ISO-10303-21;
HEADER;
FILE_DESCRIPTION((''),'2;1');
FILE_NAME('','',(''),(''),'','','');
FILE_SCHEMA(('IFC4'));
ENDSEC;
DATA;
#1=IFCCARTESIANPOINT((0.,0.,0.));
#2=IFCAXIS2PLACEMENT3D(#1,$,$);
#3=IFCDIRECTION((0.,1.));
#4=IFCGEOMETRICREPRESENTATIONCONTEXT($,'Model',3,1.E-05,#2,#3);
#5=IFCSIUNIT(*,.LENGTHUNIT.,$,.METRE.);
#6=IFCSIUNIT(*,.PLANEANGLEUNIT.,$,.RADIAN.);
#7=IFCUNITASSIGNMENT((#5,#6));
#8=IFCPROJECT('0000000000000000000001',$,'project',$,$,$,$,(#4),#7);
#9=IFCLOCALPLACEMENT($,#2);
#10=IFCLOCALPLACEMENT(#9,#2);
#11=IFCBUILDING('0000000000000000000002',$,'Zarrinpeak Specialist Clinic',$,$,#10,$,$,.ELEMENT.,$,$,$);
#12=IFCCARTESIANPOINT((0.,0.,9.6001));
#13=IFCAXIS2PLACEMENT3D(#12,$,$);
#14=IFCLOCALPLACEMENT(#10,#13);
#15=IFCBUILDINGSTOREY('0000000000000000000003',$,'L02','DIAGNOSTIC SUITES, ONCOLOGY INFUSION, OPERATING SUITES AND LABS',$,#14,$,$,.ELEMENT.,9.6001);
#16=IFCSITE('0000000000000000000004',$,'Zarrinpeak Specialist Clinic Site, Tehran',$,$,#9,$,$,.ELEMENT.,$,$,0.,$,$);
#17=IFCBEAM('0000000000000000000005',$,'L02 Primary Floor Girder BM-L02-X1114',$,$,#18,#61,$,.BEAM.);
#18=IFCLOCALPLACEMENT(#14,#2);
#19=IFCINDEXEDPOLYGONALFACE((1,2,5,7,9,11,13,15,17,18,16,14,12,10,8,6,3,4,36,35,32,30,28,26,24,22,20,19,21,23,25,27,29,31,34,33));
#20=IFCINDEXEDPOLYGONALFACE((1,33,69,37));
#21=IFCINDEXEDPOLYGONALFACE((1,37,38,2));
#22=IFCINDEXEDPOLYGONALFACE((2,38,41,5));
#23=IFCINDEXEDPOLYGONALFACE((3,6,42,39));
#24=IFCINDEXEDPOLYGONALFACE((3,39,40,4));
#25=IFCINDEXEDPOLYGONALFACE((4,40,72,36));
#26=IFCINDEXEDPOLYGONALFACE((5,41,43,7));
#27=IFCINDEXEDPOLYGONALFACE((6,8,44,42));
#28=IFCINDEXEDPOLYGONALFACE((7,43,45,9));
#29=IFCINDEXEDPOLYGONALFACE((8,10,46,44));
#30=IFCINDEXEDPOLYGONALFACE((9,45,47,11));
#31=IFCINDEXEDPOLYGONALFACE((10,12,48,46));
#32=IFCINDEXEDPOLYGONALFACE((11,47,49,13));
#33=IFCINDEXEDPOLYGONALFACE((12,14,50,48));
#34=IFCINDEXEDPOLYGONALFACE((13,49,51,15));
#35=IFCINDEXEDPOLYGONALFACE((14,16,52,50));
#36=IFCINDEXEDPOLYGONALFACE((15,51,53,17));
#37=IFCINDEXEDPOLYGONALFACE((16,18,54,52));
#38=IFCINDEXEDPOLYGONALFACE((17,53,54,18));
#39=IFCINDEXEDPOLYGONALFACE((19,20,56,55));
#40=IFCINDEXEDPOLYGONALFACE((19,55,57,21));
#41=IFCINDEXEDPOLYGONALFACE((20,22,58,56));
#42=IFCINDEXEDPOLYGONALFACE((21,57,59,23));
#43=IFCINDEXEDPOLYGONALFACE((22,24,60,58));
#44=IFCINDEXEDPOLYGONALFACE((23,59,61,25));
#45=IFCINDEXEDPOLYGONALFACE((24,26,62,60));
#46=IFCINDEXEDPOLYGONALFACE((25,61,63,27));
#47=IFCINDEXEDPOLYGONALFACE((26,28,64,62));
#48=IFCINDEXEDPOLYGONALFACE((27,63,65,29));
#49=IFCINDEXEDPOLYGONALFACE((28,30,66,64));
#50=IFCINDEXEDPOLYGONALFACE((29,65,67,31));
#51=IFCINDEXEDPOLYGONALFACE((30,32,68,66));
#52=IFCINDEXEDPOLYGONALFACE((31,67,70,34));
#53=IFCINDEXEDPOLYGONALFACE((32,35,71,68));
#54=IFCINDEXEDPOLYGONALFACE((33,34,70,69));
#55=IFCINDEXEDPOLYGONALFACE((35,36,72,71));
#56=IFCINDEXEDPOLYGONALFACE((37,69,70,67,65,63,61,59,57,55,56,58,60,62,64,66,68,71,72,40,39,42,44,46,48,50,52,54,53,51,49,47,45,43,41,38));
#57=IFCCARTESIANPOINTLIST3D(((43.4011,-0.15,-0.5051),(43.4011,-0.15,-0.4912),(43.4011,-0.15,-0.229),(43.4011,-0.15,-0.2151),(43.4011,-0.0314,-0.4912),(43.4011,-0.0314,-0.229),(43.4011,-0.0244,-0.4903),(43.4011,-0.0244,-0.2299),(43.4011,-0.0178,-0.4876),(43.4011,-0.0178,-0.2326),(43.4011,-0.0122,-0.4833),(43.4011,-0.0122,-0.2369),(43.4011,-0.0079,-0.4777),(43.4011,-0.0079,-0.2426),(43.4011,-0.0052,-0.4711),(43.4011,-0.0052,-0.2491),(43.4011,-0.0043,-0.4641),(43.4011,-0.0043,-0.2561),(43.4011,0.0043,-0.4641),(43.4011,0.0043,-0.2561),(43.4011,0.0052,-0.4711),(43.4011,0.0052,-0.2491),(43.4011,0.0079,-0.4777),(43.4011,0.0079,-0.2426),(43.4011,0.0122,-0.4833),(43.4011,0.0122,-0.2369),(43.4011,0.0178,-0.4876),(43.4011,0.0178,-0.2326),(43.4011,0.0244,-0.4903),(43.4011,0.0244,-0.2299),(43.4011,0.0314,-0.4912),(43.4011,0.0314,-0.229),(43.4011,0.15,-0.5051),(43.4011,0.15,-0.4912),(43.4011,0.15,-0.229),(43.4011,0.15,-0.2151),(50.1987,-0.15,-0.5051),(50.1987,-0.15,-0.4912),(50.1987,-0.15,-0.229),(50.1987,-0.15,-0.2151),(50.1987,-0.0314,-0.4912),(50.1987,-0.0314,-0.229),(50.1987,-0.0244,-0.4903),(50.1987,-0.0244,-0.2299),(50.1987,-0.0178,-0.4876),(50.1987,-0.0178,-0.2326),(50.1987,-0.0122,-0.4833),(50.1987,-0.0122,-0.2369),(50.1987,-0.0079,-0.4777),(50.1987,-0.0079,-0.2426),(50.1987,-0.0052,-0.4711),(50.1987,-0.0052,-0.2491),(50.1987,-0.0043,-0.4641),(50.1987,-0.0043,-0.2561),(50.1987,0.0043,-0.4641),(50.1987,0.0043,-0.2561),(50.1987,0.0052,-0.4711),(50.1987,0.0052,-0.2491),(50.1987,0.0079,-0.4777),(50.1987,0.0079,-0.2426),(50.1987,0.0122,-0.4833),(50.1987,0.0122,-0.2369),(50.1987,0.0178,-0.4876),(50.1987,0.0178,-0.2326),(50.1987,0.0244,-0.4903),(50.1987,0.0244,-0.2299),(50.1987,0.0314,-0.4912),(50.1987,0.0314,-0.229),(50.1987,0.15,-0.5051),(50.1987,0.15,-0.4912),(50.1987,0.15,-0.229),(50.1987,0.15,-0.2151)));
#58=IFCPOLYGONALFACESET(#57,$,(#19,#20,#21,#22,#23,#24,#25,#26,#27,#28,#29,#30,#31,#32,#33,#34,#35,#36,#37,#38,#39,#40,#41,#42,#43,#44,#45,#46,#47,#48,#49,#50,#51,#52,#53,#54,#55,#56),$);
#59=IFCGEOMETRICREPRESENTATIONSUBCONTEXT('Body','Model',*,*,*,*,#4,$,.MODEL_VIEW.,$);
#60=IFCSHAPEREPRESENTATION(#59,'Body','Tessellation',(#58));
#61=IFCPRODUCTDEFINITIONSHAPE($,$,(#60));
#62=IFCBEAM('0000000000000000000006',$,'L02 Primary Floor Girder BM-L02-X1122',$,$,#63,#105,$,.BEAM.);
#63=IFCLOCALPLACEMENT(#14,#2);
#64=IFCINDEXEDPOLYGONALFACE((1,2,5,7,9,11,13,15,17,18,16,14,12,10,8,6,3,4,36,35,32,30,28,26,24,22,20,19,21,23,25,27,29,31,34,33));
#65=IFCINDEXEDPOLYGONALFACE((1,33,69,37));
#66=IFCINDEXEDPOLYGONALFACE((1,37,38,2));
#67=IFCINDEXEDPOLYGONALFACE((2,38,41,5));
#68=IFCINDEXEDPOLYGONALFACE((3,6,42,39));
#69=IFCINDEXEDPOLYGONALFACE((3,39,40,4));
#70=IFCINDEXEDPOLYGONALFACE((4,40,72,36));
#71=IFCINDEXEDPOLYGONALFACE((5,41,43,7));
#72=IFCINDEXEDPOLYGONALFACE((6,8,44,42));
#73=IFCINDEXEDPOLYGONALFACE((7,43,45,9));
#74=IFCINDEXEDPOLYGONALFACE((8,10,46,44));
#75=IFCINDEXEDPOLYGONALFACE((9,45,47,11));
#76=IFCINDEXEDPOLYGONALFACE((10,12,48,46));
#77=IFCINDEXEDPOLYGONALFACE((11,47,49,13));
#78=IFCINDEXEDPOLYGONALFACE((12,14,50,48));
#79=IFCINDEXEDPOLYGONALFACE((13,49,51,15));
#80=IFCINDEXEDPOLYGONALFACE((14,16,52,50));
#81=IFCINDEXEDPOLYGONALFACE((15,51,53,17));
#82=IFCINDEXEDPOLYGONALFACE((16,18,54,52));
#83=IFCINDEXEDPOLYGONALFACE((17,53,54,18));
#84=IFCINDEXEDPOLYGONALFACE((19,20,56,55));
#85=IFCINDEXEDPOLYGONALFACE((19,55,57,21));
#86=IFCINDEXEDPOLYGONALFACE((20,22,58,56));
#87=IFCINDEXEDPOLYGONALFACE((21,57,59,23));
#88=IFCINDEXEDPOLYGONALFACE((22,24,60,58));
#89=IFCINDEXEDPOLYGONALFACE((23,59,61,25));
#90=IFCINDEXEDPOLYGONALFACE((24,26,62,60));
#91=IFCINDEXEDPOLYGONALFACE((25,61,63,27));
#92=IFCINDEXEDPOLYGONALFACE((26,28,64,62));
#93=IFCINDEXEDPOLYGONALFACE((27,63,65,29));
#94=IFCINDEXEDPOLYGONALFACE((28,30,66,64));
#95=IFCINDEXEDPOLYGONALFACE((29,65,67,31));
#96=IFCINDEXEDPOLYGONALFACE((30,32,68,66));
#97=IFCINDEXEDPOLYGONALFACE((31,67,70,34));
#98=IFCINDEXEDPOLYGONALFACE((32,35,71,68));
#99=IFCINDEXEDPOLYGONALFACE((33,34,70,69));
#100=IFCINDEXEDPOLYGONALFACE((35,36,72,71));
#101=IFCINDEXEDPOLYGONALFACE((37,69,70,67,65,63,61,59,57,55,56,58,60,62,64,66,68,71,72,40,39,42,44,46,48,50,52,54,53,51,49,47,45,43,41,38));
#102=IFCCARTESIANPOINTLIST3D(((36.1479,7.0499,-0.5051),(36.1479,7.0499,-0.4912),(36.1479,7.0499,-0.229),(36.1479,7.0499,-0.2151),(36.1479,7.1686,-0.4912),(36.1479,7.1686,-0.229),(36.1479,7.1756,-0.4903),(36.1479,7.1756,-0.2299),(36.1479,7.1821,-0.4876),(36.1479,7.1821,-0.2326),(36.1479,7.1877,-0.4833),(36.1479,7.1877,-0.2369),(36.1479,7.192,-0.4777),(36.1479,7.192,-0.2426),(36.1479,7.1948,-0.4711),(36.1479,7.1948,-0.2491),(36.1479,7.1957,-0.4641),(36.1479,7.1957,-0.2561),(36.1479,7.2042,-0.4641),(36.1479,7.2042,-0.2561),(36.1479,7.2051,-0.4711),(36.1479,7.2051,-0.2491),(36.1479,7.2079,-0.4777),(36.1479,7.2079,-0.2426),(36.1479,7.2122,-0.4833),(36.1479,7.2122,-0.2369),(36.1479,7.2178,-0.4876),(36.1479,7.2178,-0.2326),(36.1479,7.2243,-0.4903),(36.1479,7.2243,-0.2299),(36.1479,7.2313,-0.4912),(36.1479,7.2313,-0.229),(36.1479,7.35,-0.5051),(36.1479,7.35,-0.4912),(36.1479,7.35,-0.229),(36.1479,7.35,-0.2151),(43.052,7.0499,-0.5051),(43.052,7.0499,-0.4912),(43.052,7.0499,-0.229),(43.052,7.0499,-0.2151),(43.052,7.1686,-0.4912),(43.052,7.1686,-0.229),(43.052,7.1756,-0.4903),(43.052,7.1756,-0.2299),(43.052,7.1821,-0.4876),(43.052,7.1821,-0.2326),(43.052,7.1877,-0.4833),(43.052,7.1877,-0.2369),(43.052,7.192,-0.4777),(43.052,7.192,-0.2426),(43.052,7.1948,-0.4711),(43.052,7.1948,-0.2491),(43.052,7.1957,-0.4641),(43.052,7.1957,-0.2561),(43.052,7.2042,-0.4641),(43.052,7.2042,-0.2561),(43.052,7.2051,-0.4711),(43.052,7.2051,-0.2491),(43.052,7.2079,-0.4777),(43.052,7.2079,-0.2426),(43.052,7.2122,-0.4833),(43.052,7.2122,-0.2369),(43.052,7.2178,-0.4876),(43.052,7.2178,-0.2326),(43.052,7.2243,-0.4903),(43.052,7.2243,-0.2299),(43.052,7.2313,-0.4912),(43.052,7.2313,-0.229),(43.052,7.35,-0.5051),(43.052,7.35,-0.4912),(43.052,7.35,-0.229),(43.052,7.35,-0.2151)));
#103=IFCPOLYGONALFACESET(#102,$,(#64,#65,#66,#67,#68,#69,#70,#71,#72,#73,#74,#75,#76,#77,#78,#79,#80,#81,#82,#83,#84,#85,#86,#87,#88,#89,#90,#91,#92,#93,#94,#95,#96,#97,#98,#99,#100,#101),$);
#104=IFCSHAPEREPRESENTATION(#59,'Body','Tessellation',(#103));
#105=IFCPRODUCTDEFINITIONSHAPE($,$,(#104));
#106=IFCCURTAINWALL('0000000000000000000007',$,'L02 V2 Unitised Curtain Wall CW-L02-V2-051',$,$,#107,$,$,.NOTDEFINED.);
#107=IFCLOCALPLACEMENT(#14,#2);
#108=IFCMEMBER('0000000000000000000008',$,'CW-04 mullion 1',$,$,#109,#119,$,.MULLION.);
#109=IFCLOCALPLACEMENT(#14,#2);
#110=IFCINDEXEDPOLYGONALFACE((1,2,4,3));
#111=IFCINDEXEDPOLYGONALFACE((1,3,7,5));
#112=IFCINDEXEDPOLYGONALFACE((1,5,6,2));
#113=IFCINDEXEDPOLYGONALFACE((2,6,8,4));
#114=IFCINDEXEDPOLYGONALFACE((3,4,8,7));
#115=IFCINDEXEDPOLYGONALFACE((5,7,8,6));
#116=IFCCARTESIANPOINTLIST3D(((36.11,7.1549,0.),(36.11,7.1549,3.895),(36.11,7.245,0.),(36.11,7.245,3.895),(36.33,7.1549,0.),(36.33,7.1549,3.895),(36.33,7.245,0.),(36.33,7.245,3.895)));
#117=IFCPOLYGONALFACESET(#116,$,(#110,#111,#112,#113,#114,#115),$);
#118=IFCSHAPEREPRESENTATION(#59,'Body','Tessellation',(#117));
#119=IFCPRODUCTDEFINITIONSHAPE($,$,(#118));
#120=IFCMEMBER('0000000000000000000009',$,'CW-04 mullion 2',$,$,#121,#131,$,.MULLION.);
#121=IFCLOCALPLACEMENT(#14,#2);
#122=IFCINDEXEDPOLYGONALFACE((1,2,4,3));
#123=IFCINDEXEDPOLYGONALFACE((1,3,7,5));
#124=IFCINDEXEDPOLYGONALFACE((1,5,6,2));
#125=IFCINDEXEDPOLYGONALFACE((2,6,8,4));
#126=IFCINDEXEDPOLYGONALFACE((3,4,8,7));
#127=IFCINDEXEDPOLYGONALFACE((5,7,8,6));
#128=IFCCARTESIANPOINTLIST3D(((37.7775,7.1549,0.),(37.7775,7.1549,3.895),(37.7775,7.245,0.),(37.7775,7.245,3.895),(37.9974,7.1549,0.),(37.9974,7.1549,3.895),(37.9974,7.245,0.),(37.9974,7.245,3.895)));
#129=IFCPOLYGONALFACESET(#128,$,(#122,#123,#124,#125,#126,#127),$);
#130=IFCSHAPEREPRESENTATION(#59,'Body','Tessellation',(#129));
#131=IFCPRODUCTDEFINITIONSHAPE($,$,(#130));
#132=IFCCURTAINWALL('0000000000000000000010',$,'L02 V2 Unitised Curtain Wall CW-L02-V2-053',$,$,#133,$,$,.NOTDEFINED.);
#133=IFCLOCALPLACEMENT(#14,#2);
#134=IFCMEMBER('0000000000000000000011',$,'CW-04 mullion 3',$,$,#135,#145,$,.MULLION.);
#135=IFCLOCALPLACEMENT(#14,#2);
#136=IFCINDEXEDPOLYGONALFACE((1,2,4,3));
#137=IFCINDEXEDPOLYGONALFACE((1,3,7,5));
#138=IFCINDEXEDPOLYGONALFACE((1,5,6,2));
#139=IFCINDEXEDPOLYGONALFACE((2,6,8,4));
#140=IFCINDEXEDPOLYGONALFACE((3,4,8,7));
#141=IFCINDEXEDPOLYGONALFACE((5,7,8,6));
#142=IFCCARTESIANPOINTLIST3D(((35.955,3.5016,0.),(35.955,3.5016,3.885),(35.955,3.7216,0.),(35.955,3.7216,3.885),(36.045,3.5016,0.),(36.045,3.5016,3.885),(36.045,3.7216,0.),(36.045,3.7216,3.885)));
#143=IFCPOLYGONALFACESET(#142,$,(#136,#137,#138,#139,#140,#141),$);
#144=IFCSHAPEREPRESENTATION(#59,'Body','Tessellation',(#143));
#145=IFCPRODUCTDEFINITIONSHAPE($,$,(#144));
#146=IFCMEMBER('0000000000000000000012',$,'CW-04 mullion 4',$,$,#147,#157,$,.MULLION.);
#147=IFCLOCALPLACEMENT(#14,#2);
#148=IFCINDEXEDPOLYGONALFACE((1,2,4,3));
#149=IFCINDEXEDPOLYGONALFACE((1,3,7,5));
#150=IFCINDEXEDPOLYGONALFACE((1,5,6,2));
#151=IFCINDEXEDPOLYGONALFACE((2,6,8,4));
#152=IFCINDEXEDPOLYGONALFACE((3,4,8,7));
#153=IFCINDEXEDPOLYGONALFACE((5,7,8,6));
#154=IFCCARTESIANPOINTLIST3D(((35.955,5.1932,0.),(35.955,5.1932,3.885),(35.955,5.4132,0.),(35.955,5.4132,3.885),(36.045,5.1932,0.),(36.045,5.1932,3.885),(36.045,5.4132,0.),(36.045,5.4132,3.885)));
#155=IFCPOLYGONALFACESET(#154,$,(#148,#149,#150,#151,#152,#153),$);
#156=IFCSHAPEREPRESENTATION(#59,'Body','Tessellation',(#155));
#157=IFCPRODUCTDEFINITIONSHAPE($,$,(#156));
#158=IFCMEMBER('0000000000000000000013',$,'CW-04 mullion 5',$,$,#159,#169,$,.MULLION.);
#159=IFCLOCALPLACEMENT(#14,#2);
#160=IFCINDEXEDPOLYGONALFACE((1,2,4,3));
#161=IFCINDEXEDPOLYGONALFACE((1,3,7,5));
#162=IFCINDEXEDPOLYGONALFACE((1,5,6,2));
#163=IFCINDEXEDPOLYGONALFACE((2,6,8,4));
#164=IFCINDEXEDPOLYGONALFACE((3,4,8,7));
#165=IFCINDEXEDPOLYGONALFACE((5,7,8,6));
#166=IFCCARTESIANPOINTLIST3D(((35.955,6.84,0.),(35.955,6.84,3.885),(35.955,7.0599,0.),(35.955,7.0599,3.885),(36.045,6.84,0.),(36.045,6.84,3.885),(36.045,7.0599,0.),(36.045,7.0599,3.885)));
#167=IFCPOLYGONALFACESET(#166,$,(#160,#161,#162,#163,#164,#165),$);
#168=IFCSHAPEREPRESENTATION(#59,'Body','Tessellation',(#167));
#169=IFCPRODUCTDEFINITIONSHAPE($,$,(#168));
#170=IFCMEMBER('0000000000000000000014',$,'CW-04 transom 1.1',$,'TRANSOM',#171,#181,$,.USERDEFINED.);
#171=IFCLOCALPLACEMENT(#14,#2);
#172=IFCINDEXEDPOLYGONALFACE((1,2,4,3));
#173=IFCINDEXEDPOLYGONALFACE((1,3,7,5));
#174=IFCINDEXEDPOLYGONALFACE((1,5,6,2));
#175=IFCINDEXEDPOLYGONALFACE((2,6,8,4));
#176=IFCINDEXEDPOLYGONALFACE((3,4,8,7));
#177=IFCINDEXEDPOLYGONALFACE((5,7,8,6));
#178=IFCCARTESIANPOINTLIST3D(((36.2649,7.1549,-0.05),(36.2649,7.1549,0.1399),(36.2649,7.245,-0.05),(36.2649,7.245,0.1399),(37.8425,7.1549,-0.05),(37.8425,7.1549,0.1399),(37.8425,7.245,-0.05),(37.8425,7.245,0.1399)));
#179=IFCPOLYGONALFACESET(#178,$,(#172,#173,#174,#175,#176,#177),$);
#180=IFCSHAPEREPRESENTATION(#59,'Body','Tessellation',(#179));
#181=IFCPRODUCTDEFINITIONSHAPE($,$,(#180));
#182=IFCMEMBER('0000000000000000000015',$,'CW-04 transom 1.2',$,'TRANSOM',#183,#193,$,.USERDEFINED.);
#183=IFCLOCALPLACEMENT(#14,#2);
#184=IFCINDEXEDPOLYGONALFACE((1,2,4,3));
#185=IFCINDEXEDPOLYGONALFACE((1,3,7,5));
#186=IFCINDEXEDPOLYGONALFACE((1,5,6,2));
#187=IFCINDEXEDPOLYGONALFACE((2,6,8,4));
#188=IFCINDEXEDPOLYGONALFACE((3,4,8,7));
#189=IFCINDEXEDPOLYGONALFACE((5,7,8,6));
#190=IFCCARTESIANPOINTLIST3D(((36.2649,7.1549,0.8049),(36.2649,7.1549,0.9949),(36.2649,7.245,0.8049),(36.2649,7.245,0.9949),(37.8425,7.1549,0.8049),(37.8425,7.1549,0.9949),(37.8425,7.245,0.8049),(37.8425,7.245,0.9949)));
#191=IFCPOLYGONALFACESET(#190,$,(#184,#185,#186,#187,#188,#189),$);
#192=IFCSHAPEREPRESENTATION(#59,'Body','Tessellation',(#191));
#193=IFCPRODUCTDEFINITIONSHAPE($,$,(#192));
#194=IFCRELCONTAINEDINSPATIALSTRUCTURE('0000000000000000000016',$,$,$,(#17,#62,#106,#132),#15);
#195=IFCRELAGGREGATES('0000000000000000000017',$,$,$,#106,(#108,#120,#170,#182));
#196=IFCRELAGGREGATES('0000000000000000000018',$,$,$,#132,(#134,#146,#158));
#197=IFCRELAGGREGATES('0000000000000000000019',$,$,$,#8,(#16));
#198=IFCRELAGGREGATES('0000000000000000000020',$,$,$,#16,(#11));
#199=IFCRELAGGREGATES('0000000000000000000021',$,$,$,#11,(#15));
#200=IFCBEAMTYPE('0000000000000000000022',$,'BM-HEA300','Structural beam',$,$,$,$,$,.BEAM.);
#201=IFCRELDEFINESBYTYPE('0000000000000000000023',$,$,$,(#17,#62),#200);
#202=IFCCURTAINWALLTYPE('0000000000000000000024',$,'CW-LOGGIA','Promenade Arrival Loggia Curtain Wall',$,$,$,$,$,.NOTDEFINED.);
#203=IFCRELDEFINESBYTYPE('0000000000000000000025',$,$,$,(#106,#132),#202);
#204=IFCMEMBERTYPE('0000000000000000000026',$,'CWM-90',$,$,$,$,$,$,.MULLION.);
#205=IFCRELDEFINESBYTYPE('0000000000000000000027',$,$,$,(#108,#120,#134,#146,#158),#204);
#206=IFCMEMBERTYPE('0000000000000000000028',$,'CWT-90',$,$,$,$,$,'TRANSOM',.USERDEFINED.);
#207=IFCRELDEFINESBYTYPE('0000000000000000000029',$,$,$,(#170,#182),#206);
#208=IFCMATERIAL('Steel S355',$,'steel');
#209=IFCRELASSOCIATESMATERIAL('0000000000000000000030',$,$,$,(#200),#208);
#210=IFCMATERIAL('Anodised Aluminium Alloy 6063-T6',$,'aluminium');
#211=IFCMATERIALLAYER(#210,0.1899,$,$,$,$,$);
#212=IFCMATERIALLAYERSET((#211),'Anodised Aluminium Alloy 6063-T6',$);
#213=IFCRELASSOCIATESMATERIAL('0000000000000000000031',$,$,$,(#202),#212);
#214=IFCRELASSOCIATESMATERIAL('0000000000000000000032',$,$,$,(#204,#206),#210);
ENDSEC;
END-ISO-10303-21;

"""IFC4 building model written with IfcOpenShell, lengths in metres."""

from ifc_helpers import new_model, si_unit, direction, frame, origin, origin_2d, place, context, subcontext, project, spatial, rectangle, i_section, extrude, material, layer, layer_set, material_profile, profile_set, type_object, element, aggregate, save


model = new_model("IFC4")

# Units and contexts
model_context = context("Model", 3, precision=1e-05, world=origin(), true_north=direction((0.0, 1.0)))
body_context = subcontext(model_context, "Body", "Model", "MODEL_VIEW")
ifc_project = project(units=[si_unit("LENGTHUNIT", "METRE"), si_unit("PLANEANGLEUNIT", "RADIAN")], contexts=[model_context])

# Site, building, storey
site_placement = place(None, origin())
site = spatial("IfcSite", under=ifc_project, at=site_placement, Name="Zarrinpeak Specialist Clinic Site, Tehran", CompositionType="ELEMENT", RefElevation=0.0)
building_placement = place(site_placement, origin())
building = spatial("IfcBuilding", under=site, at=building_placement, Name="Zarrinpeak Specialist Clinic", CompositionType="ELEMENT")
storey_placement = place(building_placement, frame((0.0, 0.0, 9.6001)))
storey = spatial("IfcBuildingStorey", under=building, at=storey_placement, Name="L02", Description="DIAGNOSTIC SUITES, ONCOLOGY INFUSION, OPERATING SUITES AND LABS", CompositionType="ELEMENT", Elevation=9.6001)

# Shared definitions
ifc_material_1 = material(Name="Steel S355", Category="steel")

# Beams
ifc_material_profile_1 = material_profile(ifc_material_1, i_section(OverallWidth=0.3, OverallDepth=0.29, WebThickness=0.0085, FlangeThickness=0.0139, FilletRadius=0.0271, at=origin_2d()), Name="HEA 300")
ifc_profile_set_1 = profile_set([ifc_material_profile_1], Name="Steel S355")
beam_type = type_object("IfcBeamType", Name="BM-HEA300", Description="Structural beam", PredefinedType="BEAM", material=ifc_profile_set_1)
for number, where, z_axis, x_axis, name in (
    (1, (43.4011, 0.0, -0.3601), (1.0, 0.0, 0.0), (0.0, 1.0, 0.0), "L02 Primary Floor Girder BM-L02-X1114"),
):
    element("IfcBeam", number, at=place(storey_placement, frame(where, z_axis=z_axis, x_axis=x_axis)), inside=storey, type_object=beam_type, Name=name, PredefinedType="BEAM", context=body_context, shape_type="SweptSolid", body=[
        extrude(i_section(OverallWidth=0.3, OverallDepth=0.29, WebThickness=0.0085, FlangeThickness=0.0139, FilletRadius=0.0271, at=origin_2d()), origin(), (0.0, 0.0, 1.0), 6.7976),
    ])
beam_placement = place(storey_placement, frame((36.1479, 7.2, -0.3601), z_axis=(1.0, 0.0, 0.0), x_axis=(0.0, 1.0, 0.0)))
element("IfcBeam", 2, at=beam_placement, inside=storey, type_object=beam_type, Name="L02 Primary Floor Girder BM-L02-X1122", PredefinedType="BEAM", context=body_context, shape_type="SweptSolid", body=[
    extrude(i_section(OverallWidth=0.3, OverallDepth=0.29, WebThickness=0.0085, FlangeThickness=0.0139, FilletRadius=0.0271, at=origin_2d()), origin(), (0.0, 0.0, 1.0), 6.9041),
])

# Curtain walls, members
ifc_material_2 = material(Name="Anodised Aluminium Alloy 6063-T6", Category="aluminium")
ifc_layer_1 = layer(ifc_material_2, 0.1899)
ifc_layer_set_1 = layer_set([ifc_layer_1], Name="Anodised Aluminium Alloy 6063-T6")
curtain_wall_type = type_object("IfcCurtainWallType", Name="CW-LOGGIA", Description="Promenade Arrival Loggia Curtain Wall", PredefinedType="NOTDEFINED", material=ifc_layer_set_1)
curtain_wall_1_placement = place(storey_placement, origin())
curtain_wall_1 = element("IfcCurtainWall", 3, at=curtain_wall_1_placement, inside=storey, type_object=curtain_wall_type, Name="L02 V2 Unitised Curtain Wall CW-L02-V2-051", PredefinedType="NOTDEFINED")
ifc_material_profile_2 = material_profile(ifc_material_2, rectangle(XDim=0.0901, YDim=0.22, at=origin_2d()), Name="ALU 90x220")
ifc_profile_set_2 = profile_set([ifc_material_profile_2], Name="Anodised Aluminium Alloy 6063-T6")
member_type_1 = type_object("IfcMemberType", Name="CWM-90", PredefinedType="MULLION", material=ifc_profile_set_2)
member_1_placement = place(storey_placement, frame((36.22, 7.2, 0.0), z_axis=(0.0, 0.0, 1.0), x_axis=(0.0, 1.0, 0.0)))
member_1 = element("IfcMember", 4, at=member_1_placement, type_object=member_type_1, Name="CW-04 mullion 1", PredefinedType="MULLION", context=body_context, shape_type="SweptSolid", body=[
    extrude(rectangle(XDim=0.0901, YDim=0.22, at=origin_2d()), origin(), (0.0, 0.0, 1.0), 3.895),
])
member_2_placement = place(storey_placement, frame((37.8875, 7.2, 0.0), z_axis=(0.0, 0.0, 1.0), x_axis=(0.0, 1.0, 0.0)))
member_2 = element("IfcMember", 5, at=member_2_placement, type_object=member_type_1, Name="CW-04 mullion 2", PredefinedType="MULLION", context=body_context, shape_type="SweptSolid", body=[
    extrude(rectangle(XDim=0.0901, YDim=0.22, at=origin_2d()), origin(), (0.0, 0.0, 1.0), 3.895),
])
curtain_wall_2_placement = place(storey_placement, origin())
curtain_wall_2 = element("IfcCurtainWall", 6, at=curtain_wall_2_placement, inside=storey, type_object=curtain_wall_type, Name="L02 V2 Unitised Curtain Wall CW-L02-V2-053", PredefinedType="NOTDEFINED")
member_3_placement = place(storey_placement, frame((36.0, 3.6116, 0.0), z_axis=(0.0, 0.0, 1.0), x_axis=(-1.0, 0.0, 0.0)))
member_3 = element("IfcMember", 7, at=member_3_placement, type_object=member_type_1, Name="CW-04 mullion 3", PredefinedType="MULLION", context=body_context, shape_type="SweptSolid", body=[
    extrude(rectangle(XDim=0.0901, YDim=0.22, at=origin_2d()), origin(), (0.0, 0.0, 1.0), 3.885),
])
member_4_placement = place(storey_placement, frame((36.0, 5.3032, 0.0), z_axis=(0.0, 0.0, 1.0), x_axis=(-1.0, 0.0, 0.0)))
member_4 = element("IfcMember", 8, at=member_4_placement, type_object=member_type_1, Name="CW-04 mullion 4", PredefinedType="MULLION", context=body_context, shape_type="SweptSolid", body=[
    extrude(rectangle(XDim=0.0901, YDim=0.22, at=origin_2d()), origin(), (0.0, 0.0, 1.0), 3.885),
])
member_5_placement = place(storey_placement, frame((36.0, 6.95, 0.0), z_axis=(0.0, 0.0, 1.0), x_axis=(-1.0, 0.0, 0.0)))
member_5 = element("IfcMember", 9, at=member_5_placement, type_object=member_type_1, Name="CW-04 mullion 5", PredefinedType="MULLION", context=body_context, shape_type="SweptSolid", body=[
    extrude(rectangle(XDim=0.0901, YDim=0.22, at=origin_2d()), origin(), (0.0, 0.0, 1.0), 3.885),
])

# Members
ifc_material_profile_3 = material_profile(ifc_material_2, rectangle(XDim=0.0901, YDim=0.1899, at=origin_2d()), Name="ALU 90x190")
ifc_profile_set_3 = profile_set([ifc_material_profile_3], Name="Anodised Aluminium Alloy 6063-T6")
member_type_2 = type_object("IfcMemberType", Name="CWT-90", ElementType="TRANSOM", PredefinedType="USERDEFINED", material=ifc_profile_set_3)
member_6_placement = place(storey_placement, frame((36.2649, 7.2, 0.0449), z_axis=(1.0, 0.0, 0.0), x_axis=(0.0, 1.0, 0.0)))
member_6 = element("IfcMember", 10, at=member_6_placement, type_object=member_type_2, Name="CW-04 transom 1.1", ObjectType="TRANSOM", PredefinedType="USERDEFINED", context=body_context, shape_type="SweptSolid", body=[
    extrude(rectangle(XDim=0.0901, YDim=0.1899, at=origin_2d()), origin(), (0.0, 0.0, 1.0), 1.5776),
])
member_7_placement = place(storey_placement, frame((36.2649, 7.2, 0.8999), z_axis=(1.0, 0.0, 0.0), x_axis=(0.0, 1.0, 0.0)))
member_7 = element("IfcMember", 11, at=member_7_placement, type_object=member_type_2, Name="CW-04 transom 1.2", ObjectType="TRANSOM", PredefinedType="USERDEFINED", context=body_context, shape_type="SweptSolid", body=[
    extrude(rectangle(XDim=0.0901, YDim=0.1899, at=origin_2d()), origin(), (0.0, 0.0, 1.0), 1.5776),
])

aggregate(curtain_wall_1, [member_1, member_2, member_6, member_7])
aggregate(curtain_wall_2, [member_3, member_4, member_5])

save(model, "model.ifc")
